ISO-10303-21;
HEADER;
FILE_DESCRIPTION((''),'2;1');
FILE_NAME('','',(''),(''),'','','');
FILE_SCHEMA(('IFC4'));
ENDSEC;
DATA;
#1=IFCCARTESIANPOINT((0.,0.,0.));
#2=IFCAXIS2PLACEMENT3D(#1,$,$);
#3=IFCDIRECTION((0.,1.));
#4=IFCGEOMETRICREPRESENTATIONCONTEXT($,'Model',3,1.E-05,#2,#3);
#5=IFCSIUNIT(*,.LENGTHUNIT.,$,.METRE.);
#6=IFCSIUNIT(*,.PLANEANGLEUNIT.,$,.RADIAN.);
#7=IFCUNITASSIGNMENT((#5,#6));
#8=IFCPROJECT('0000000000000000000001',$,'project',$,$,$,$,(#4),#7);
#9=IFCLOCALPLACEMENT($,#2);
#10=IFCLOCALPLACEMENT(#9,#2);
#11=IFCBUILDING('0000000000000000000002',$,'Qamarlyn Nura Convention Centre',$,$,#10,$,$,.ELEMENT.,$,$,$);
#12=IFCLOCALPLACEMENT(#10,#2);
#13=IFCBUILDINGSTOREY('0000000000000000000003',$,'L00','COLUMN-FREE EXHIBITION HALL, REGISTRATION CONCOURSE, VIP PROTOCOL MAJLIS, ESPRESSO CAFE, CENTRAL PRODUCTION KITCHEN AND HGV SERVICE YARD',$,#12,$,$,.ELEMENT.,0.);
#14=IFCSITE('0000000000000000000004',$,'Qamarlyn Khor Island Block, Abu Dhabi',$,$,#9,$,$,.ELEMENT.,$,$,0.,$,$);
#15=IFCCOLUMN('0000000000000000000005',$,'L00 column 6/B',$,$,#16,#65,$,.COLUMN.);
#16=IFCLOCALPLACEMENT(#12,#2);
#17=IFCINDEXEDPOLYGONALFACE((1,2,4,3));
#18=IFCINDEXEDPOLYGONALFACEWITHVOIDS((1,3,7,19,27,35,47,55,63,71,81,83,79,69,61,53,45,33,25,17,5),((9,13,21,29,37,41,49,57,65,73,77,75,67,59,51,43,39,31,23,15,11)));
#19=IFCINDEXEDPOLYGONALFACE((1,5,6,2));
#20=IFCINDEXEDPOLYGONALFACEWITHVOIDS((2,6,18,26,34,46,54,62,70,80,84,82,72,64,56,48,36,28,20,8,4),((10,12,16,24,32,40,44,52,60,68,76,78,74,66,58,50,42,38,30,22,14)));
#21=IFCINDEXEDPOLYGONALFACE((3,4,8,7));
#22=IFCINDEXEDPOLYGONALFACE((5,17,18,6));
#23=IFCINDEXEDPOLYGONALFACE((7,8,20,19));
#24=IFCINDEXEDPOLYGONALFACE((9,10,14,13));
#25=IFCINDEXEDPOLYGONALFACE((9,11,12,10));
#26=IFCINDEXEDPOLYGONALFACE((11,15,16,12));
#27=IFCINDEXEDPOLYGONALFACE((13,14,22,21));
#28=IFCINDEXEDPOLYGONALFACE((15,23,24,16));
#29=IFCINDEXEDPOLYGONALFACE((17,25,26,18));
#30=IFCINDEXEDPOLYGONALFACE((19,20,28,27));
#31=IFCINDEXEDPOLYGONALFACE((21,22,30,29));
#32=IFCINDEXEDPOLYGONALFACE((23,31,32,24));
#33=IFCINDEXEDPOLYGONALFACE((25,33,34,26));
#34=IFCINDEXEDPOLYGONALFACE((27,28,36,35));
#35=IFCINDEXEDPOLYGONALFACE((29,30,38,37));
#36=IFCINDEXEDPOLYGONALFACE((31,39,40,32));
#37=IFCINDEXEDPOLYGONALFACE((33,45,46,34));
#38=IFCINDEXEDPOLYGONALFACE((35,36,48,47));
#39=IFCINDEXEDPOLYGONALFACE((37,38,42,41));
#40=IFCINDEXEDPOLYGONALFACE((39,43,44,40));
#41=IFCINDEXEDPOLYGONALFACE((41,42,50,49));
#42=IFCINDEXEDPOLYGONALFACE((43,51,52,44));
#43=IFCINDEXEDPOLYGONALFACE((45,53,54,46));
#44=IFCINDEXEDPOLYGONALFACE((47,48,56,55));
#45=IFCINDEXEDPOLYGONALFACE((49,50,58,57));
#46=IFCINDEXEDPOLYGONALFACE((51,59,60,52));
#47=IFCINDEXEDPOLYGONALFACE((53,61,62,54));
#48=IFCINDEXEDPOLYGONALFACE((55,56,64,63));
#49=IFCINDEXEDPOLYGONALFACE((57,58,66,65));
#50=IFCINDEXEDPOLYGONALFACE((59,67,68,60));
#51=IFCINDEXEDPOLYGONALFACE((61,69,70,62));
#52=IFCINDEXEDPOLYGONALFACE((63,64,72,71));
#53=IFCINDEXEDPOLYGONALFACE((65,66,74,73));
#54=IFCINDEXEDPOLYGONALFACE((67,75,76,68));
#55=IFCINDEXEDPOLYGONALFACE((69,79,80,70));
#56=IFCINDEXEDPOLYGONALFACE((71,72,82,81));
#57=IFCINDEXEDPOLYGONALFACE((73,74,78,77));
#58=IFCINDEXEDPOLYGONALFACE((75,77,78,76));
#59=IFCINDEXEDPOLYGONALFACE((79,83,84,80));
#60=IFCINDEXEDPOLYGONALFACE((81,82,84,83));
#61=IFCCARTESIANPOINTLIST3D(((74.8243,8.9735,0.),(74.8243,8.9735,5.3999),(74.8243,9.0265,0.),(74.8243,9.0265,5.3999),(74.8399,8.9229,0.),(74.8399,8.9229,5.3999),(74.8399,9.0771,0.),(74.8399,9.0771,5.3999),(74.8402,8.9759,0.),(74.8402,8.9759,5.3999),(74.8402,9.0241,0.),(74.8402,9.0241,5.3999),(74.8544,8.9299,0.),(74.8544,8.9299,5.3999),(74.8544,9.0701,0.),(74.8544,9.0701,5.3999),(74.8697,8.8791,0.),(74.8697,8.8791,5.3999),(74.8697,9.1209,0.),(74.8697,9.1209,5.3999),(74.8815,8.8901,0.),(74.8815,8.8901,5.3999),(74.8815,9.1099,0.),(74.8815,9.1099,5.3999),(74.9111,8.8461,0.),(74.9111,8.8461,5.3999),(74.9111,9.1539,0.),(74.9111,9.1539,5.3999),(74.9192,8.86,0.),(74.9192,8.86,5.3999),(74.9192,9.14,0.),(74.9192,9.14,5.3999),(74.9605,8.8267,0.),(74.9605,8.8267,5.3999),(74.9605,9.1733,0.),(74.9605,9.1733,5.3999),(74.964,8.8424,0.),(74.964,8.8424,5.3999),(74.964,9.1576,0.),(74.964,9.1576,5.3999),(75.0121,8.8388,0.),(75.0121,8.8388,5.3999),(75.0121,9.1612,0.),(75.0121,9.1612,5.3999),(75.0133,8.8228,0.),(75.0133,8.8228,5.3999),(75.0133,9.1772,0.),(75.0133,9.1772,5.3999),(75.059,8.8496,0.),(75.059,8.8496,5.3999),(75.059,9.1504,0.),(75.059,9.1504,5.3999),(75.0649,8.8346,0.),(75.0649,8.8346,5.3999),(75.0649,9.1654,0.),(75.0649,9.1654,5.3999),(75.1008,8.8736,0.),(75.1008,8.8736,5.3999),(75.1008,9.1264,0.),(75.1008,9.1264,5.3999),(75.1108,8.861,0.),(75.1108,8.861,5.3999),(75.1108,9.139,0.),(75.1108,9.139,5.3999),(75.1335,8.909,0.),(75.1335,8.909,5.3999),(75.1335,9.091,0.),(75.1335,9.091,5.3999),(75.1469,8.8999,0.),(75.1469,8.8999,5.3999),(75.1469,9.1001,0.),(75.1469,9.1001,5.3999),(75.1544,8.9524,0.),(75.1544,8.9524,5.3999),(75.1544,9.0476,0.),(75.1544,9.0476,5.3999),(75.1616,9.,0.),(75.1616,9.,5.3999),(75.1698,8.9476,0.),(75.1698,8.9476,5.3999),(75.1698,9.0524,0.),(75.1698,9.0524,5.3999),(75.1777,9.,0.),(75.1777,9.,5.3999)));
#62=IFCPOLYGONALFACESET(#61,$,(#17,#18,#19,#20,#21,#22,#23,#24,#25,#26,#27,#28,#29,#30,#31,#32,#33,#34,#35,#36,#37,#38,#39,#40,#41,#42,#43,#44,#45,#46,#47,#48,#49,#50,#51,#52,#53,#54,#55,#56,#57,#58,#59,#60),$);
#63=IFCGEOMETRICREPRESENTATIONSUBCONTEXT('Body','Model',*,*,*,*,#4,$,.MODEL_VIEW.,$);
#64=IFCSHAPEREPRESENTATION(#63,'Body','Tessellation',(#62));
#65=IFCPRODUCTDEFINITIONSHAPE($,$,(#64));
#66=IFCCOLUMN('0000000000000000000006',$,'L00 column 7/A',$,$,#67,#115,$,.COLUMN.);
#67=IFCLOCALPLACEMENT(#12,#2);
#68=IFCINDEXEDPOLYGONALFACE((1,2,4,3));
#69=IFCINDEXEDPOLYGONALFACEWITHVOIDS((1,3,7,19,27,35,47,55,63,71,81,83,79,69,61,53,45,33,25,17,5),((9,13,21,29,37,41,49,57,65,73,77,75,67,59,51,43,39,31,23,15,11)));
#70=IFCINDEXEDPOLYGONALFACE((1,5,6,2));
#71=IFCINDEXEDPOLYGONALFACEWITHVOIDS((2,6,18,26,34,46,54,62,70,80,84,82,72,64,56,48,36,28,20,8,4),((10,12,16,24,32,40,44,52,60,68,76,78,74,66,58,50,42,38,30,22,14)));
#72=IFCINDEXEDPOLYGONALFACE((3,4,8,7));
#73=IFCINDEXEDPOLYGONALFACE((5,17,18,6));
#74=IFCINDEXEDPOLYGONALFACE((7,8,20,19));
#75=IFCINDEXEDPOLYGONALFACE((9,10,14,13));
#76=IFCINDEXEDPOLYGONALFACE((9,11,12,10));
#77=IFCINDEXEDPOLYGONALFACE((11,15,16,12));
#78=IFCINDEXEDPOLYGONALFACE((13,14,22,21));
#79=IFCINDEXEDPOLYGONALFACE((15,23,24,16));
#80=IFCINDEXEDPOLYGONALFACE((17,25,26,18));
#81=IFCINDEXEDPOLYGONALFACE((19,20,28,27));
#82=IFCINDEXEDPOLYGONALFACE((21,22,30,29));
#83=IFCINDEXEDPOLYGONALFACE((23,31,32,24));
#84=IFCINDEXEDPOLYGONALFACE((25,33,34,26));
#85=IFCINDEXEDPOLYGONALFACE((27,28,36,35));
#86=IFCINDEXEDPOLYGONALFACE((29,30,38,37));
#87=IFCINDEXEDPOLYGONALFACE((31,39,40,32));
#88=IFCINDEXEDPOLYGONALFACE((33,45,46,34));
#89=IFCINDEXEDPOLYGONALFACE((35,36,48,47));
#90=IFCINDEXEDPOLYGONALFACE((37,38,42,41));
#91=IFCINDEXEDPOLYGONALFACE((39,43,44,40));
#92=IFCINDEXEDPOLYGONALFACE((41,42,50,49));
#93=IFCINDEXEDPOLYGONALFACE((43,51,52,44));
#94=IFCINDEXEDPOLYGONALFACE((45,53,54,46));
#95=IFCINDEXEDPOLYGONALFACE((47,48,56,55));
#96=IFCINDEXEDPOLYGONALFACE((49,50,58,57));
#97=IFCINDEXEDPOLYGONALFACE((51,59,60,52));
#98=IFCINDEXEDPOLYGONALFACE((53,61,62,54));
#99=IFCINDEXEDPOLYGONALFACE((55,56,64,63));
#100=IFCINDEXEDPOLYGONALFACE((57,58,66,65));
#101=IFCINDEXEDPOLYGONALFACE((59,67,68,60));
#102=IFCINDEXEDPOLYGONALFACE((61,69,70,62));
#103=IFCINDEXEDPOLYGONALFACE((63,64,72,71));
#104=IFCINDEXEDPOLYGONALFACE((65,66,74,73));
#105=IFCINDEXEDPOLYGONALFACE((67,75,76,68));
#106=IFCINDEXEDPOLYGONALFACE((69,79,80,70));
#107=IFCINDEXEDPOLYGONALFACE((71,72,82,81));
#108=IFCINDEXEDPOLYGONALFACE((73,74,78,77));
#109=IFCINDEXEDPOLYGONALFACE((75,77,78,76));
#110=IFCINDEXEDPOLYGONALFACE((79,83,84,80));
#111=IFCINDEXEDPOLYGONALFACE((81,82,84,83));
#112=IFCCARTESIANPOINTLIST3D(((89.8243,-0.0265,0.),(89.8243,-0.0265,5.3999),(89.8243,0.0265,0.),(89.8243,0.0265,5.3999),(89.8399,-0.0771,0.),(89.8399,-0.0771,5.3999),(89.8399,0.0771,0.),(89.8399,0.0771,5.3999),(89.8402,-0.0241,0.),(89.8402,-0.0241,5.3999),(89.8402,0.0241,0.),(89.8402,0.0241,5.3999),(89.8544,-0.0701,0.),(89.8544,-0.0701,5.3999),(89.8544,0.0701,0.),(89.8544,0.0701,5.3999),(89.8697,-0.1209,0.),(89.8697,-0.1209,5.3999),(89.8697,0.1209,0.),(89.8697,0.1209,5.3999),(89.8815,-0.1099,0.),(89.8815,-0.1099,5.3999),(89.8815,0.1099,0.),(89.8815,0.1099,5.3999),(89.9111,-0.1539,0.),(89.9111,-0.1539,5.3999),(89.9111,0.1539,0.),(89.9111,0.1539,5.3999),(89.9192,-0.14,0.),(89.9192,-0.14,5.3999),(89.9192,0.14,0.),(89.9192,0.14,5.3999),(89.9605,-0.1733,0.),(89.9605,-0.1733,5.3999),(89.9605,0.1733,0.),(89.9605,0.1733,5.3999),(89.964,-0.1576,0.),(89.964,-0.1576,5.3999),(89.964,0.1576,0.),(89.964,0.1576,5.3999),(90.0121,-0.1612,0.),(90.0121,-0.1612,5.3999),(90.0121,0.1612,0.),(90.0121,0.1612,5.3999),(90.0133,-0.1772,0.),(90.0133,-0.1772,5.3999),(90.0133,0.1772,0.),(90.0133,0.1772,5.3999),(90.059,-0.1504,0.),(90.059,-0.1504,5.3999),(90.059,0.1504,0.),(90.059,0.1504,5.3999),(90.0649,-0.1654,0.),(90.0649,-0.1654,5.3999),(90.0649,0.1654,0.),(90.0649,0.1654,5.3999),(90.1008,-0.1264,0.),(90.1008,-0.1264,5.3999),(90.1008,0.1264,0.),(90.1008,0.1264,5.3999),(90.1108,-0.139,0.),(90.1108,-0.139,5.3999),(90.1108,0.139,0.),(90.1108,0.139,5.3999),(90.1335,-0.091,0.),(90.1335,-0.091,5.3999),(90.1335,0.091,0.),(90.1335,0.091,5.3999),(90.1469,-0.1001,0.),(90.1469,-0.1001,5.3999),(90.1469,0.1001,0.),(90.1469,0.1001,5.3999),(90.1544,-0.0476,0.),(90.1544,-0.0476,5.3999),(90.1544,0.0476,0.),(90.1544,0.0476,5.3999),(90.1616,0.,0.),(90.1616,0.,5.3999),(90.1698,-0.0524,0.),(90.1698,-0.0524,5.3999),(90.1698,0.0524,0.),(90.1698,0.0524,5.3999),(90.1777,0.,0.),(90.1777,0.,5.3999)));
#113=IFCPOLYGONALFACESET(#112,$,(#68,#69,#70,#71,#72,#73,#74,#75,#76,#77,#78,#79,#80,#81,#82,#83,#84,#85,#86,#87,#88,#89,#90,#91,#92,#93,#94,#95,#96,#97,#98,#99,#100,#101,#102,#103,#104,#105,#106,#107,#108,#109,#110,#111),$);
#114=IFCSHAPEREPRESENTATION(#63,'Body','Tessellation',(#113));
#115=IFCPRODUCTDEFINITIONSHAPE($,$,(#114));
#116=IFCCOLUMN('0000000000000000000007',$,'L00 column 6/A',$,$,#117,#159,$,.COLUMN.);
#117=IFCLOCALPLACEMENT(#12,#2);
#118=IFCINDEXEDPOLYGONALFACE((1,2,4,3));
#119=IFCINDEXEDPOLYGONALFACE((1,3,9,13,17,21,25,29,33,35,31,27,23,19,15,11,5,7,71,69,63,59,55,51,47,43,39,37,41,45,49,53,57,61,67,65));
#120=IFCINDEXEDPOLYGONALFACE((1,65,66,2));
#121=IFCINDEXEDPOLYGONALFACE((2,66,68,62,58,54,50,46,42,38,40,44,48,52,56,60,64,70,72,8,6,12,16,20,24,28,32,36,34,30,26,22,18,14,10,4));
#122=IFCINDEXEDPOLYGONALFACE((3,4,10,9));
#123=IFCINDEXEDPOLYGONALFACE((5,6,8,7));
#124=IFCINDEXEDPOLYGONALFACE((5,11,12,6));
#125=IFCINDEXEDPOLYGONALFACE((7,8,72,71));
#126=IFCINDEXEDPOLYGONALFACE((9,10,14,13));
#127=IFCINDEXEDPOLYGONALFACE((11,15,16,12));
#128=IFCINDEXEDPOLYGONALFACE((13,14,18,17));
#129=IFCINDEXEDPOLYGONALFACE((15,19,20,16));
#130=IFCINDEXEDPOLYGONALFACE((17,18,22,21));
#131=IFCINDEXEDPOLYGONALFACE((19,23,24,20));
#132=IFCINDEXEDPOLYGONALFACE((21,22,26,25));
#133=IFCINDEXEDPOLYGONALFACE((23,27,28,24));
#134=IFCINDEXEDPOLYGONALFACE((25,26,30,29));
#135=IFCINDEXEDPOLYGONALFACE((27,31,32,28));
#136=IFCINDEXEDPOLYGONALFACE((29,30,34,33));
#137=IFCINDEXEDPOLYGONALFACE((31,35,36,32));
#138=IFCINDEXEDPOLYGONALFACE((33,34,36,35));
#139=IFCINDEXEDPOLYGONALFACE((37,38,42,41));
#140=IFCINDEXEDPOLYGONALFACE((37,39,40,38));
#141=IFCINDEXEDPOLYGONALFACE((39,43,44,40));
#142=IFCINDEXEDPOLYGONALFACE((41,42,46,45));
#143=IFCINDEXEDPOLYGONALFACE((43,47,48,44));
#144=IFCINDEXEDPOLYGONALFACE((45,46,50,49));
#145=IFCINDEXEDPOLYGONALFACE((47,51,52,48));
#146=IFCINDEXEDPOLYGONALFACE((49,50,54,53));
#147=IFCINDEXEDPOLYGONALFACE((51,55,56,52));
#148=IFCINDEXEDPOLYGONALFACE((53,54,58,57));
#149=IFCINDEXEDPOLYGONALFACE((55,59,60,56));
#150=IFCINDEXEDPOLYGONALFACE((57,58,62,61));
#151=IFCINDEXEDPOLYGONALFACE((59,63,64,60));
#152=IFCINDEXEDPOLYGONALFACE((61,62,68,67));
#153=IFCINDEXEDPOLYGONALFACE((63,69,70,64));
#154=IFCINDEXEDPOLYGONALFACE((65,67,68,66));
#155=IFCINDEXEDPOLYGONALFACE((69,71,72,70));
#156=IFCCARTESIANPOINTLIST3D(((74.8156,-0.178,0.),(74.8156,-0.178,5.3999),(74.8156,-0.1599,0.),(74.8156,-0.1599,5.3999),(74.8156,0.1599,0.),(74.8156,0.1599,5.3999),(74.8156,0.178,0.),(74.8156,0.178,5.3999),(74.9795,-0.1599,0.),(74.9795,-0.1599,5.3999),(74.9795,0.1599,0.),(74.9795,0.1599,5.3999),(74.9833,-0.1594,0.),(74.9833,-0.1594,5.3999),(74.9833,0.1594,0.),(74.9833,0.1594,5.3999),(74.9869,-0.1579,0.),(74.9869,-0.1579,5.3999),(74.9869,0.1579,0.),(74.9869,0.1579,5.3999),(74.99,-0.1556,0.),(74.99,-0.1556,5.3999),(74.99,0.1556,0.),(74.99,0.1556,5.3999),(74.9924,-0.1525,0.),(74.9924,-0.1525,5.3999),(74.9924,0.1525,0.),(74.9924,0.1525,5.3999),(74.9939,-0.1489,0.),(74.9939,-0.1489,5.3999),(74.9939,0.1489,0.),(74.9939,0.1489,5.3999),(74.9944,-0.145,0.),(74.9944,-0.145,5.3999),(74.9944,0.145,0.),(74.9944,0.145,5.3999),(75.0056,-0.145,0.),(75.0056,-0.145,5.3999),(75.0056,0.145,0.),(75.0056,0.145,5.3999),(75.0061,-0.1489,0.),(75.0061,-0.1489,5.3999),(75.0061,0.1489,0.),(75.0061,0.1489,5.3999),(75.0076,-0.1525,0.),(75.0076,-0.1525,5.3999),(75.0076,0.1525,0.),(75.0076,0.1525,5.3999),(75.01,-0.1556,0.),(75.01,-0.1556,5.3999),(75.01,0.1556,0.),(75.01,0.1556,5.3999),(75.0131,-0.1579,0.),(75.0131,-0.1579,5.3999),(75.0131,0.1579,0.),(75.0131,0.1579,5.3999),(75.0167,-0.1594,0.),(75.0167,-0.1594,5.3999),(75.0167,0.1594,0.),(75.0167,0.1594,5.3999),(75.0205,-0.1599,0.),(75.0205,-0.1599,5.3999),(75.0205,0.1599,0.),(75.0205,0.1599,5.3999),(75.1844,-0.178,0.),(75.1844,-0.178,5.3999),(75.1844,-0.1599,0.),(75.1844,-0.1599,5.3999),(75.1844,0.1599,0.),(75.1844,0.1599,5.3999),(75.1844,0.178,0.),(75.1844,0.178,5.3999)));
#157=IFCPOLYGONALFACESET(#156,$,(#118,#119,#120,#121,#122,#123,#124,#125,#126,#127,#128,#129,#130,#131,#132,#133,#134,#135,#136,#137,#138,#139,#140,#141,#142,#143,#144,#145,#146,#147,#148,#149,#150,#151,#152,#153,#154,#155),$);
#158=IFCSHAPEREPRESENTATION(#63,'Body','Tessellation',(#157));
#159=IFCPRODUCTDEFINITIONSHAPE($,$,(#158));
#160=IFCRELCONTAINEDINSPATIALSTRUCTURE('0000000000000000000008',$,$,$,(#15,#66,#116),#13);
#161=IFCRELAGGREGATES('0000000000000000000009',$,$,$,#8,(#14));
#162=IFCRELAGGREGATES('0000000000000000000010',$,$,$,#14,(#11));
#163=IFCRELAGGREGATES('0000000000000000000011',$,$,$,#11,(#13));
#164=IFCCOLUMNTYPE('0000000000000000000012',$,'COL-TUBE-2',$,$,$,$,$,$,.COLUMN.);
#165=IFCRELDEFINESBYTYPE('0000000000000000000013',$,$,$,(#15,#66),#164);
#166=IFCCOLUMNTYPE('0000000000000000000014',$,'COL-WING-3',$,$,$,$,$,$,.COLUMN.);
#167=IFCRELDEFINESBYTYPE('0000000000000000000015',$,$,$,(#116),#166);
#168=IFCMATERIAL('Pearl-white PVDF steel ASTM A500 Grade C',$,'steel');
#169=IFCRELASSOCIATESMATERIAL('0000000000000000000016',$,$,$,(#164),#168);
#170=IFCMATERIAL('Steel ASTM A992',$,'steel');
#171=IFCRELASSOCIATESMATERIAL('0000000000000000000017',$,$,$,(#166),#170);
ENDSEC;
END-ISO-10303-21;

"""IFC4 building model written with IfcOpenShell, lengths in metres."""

from ifc_helpers import new_model, si_unit, direction, frame, origin, origin_2d, place, context, subcontext, project, spatial, hollow_circle, i_section, extrude, material, material_profile, profile_set, type_object, element, save


model = new_model("IFC4")

# Units and contexts
model_context = context("Model", 3, precision=1e-05, world=origin(), true_north=direction((0.0, 1.0)))
body_context = subcontext(model_context, "Body", "Model", "MODEL_VIEW")
ifc_project = project(units=[si_unit("LENGTHUNIT", "METRE"), si_unit("PLANEANGLEUNIT", "RADIAN")], contexts=[model_context])

# Site, building, storey
site_placement = place(None, origin())
site = spatial("IfcSite", under=ifc_project, at=site_placement, Name="Qamarlyn Khor Island Block, Abu Dhabi", CompositionType="ELEMENT", RefElevation=0.0)
building_placement = place(site_placement, origin())
building = spatial("IfcBuilding", under=site, at=building_placement, Name="Qamarlyn Nura Convention Centre", CompositionType="ELEMENT")
storey_placement = place(building_placement, origin())
storey = spatial("IfcBuildingStorey", under=building, at=storey_placement, Name="L00", Description="COLUMN-FREE EXHIBITION HALL, REGISTRATION CONCOURSE, VIP PROTOCOL MAJLIS, ESPRESSO CAFE, CENTRAL PRODUCTION KITCHEN AND HGV SERVICE YARD", CompositionType="ELEMENT", Elevation=0.0)

# Columns
ifc_material_1 = material(Name="Pearl-white PVDF steel ASTM A500 Grade C", Category="steel")
ifc_material_profile_1 = material_profile(ifc_material_1, hollow_circle(Radius=0.1777, WallThickness=0.0161, at=origin_2d()), Name="CHS355.6X16")
ifc_profile_set_1 = profile_set([ifc_material_profile_1], Name="Pearl-white PVDF steel ASTM A500 Grade C")
column_type_1 = type_object("IfcColumnType", Name="COL-TUBE-2", PredefinedType="COLUMN", material=ifc_profile_set_1)
for number, where, z_axis, x_axis, name in (
    (1, (75.0, 9.0, 0.0), (0.0, 0.0, 1.0), (1.0, 0.0, 0.0), "L00 column 6/B"),
    (2, (90.0, 0.0, 0.0), (0.0, 0.0, 1.0), (1.0, 0.0, 0.0), "L00 column 7/A"),
):
    element("IfcColumn", number, at=place(storey_placement, frame(where, z_axis=z_axis, x_axis=x_axis)), inside=storey, type_object=column_type_1, Name=name, PredefinedType="COLUMN", context=body_context, shape_type="SweptSolid", body=[
        extrude(hollow_circle(Radius=0.1777, WallThickness=0.0161, at=origin_2d()), origin(), (0.0, 0.0, 1.0), 5.3999),
    ])
ifc_material_2 = material(Name="Steel ASTM A992", Category="steel")
ifc_material_profile_2 = material_profile(ifc_material_2, i_section(OverallWidth=0.3689, OverallDepth=0.356, WebThickness=0.0112, FlangeThickness=0.0181, FilletRadius=0.0149, at=origin_2d()), Name="W360X134")
ifc_profile_set_2 = profile_set([ifc_material_profile_2], Name="Steel ASTM A992")
column_type_2 = type_object("IfcColumnType", Name="COL-WING-3", PredefinedType="COLUMN", material=ifc_profile_set_2)
column_placement = place(storey_placement, frame((75.0, 0.0, 0.0), z_axis=(0.0, 0.0, 1.0), x_axis=(1.0, 0.0, 0.0)))
element("IfcColumn", 3, at=column_placement, inside=storey, type_object=column_type_2, Name="L00 column 6/A", PredefinedType="COLUMN", context=body_context, shape_type="SweptSolid", body=[
    extrude(i_section(OverallWidth=0.3689, OverallDepth=0.356, WebThickness=0.0112, FlangeThickness=0.0181, FilletRadius=0.0149, at=origin_2d()), origin(), (0.0, 0.0, 1.0), 5.3999),
])

save(model, "model.ifc")
